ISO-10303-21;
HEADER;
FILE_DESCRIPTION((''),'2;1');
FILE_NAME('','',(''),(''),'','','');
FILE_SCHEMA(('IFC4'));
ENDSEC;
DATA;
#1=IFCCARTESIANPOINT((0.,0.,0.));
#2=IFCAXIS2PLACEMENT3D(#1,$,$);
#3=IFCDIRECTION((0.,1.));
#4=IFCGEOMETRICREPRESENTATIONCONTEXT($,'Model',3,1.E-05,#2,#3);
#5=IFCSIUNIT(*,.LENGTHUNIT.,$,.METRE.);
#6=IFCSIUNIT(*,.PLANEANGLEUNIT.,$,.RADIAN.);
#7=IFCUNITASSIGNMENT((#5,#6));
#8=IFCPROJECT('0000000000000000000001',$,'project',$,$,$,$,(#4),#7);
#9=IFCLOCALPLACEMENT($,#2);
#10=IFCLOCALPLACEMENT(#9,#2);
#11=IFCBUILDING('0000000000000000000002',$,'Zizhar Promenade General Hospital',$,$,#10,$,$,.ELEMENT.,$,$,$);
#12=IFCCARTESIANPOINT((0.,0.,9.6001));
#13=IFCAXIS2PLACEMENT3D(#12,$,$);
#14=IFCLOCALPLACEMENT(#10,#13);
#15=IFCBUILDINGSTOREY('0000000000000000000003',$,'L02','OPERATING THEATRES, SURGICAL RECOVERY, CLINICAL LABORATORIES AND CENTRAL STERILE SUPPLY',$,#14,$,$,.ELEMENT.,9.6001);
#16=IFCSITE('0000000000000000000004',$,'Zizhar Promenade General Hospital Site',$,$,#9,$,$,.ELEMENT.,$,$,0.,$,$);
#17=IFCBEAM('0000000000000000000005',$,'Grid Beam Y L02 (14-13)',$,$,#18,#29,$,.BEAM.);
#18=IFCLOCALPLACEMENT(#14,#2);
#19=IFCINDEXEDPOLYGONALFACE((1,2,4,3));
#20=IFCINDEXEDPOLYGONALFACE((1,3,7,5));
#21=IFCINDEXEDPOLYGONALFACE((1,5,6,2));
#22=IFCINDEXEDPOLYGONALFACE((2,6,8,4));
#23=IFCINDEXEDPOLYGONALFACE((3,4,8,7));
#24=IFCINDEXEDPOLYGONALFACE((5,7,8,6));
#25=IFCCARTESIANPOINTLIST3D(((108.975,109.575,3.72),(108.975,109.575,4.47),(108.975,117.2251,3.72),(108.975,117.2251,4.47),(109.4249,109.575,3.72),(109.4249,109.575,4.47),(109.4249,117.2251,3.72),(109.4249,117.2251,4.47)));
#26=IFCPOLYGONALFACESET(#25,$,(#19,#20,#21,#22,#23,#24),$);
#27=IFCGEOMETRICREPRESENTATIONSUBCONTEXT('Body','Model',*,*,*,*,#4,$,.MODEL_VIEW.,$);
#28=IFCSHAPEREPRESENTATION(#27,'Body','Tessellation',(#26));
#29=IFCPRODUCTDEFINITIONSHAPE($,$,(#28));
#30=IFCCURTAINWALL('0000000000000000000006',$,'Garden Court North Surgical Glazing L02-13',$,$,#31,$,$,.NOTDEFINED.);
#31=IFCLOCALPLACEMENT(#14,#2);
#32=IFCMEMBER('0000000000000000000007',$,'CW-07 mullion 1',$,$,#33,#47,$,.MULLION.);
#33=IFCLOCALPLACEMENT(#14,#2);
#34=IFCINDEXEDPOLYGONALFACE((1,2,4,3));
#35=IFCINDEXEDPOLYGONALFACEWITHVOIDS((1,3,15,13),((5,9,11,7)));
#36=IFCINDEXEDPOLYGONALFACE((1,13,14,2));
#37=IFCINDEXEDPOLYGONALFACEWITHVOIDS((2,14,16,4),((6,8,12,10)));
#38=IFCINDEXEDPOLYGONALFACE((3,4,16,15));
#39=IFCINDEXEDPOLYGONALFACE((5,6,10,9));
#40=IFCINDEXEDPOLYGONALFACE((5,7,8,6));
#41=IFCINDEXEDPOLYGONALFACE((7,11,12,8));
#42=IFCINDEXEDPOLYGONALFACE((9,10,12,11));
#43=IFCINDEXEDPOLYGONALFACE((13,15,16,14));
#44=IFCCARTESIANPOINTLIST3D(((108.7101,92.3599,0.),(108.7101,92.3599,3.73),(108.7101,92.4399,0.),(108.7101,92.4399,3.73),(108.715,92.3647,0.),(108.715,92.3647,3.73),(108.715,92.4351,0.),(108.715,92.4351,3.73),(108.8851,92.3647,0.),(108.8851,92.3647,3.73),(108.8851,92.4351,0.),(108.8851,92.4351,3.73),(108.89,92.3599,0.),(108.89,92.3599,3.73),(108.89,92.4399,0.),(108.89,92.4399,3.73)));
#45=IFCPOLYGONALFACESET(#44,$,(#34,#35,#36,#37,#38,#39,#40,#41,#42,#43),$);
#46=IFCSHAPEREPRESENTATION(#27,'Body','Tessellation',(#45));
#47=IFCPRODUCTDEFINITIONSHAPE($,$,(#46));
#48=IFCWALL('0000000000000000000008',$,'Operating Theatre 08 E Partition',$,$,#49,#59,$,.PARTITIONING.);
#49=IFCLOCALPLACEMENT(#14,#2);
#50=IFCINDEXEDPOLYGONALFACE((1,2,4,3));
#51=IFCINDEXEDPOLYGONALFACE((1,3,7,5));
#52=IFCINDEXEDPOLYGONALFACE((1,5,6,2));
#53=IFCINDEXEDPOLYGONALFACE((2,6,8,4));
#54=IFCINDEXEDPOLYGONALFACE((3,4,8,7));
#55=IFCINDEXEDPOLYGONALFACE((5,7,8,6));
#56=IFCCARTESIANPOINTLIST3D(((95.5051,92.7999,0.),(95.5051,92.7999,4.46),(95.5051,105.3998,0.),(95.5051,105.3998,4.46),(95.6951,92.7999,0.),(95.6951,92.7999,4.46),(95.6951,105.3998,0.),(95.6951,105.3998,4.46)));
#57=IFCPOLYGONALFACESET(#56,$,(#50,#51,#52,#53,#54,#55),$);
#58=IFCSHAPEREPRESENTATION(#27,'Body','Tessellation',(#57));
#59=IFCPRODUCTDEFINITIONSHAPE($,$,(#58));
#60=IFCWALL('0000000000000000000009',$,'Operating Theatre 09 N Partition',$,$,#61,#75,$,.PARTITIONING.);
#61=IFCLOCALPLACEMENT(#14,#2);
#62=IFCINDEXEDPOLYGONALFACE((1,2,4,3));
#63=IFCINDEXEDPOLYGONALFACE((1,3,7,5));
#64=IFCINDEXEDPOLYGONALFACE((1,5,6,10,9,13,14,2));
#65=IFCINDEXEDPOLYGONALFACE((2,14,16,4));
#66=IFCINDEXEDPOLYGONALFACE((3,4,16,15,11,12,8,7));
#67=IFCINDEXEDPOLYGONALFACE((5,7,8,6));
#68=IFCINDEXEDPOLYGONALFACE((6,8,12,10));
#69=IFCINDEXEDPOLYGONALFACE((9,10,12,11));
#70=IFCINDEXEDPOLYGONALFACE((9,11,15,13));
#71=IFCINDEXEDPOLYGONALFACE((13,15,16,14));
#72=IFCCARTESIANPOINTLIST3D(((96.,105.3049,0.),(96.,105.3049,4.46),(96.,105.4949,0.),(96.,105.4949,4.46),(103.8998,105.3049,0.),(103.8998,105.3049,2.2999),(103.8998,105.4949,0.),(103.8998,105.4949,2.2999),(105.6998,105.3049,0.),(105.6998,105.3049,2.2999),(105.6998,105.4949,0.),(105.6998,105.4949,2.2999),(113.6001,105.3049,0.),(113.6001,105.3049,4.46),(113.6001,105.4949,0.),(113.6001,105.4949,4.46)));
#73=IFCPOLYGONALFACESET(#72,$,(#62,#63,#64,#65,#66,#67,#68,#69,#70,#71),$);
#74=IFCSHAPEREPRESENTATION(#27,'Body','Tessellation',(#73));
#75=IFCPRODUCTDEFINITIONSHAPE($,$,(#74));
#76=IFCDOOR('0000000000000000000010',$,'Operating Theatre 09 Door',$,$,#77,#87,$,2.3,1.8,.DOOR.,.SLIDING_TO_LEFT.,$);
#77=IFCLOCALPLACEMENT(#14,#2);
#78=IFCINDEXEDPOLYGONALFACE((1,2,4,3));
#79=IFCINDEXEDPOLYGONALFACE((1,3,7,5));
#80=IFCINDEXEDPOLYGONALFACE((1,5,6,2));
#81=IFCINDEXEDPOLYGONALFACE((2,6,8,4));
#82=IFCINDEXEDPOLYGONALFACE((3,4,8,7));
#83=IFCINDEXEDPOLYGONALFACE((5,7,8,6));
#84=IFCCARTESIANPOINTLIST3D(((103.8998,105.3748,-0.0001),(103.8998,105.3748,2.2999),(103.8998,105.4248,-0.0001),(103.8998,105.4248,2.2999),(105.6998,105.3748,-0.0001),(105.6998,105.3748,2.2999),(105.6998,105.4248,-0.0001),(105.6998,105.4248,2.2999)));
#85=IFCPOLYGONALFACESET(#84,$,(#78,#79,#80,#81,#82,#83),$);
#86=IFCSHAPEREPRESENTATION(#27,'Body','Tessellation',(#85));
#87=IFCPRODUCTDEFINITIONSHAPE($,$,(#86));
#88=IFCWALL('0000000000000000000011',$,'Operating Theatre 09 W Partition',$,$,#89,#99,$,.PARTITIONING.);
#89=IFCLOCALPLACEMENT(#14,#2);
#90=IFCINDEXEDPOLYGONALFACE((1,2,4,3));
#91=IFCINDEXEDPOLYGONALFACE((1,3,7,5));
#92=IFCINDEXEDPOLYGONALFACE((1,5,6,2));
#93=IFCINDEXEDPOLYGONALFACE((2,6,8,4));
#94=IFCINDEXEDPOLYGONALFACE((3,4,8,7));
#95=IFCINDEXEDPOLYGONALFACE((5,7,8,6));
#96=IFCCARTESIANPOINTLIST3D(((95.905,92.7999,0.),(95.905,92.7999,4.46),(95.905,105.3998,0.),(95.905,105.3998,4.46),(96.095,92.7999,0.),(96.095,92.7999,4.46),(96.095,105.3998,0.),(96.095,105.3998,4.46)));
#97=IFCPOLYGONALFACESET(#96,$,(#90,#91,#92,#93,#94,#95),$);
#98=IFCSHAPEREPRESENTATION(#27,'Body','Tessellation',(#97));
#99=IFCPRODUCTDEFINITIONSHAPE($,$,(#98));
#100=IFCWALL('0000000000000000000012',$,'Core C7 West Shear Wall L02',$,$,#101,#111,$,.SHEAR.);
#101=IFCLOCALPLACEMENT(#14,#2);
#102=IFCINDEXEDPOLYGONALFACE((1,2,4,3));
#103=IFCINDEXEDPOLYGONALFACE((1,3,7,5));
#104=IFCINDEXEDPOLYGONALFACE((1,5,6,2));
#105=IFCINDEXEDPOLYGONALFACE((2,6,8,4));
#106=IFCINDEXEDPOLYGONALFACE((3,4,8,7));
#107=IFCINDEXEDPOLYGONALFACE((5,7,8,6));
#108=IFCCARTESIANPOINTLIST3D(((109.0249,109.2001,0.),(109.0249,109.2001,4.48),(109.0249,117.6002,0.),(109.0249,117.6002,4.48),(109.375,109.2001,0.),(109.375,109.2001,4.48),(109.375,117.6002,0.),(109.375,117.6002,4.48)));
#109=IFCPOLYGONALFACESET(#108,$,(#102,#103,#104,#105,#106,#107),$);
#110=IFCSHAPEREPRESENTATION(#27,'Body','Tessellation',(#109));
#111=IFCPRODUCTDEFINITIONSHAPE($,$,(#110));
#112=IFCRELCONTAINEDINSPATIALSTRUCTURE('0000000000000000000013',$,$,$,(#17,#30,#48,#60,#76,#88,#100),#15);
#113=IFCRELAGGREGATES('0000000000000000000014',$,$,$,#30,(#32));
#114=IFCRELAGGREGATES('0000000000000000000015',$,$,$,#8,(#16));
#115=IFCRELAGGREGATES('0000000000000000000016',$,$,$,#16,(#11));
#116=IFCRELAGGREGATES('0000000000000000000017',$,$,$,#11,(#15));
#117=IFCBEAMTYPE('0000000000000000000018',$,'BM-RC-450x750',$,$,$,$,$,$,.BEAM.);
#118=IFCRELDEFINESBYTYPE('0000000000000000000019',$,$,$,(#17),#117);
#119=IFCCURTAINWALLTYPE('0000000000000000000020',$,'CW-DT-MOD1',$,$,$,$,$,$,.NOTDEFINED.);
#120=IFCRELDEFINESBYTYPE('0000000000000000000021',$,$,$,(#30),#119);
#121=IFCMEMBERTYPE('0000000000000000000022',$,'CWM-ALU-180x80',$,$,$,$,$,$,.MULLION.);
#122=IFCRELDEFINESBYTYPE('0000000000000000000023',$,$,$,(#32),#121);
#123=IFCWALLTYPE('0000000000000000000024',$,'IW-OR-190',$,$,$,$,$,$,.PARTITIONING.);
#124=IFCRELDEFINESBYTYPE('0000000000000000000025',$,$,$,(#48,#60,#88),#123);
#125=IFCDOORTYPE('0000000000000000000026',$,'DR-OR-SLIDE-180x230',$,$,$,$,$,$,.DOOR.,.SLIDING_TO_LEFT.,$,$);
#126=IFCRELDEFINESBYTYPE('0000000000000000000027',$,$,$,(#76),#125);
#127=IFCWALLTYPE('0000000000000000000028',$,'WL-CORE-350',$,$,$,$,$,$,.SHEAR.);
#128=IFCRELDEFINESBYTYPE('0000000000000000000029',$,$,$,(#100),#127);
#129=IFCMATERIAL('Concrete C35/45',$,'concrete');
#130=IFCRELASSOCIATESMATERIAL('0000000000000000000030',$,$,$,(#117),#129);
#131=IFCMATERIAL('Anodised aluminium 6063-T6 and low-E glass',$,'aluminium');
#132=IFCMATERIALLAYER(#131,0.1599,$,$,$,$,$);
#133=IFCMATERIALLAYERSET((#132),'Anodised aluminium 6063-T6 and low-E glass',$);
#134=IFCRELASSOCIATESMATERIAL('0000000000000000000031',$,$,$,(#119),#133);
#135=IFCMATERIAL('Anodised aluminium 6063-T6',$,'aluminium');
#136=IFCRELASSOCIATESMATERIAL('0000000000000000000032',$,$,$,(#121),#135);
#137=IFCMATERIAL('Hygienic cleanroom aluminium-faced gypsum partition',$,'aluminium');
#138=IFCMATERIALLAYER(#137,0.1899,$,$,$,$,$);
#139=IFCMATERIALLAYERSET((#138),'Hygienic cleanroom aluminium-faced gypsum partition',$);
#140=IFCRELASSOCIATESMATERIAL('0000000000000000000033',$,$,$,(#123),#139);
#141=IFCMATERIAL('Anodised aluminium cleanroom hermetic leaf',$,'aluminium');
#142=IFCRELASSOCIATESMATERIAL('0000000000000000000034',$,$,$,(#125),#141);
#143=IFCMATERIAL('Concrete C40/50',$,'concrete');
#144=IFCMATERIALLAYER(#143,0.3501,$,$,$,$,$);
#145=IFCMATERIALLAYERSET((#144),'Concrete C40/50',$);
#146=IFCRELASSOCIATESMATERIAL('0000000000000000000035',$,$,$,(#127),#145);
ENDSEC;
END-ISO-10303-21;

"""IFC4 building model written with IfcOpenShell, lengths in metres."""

from ifc_helpers import new_model, si_unit, direction, frame, frame_2d, origin, origin_2d, place, context, subcontext, project, spatial, rectangle, hollow_rectangle, extrude, material, layer, layer_set, material_profile, profile_set, type_object, element, fill, aggregate, save


model = new_model("IFC4")

# Units and contexts
model_context = context("Model", 3, precision=1e-05, world=origin(), true_north=direction((0.0, 1.0)))
body_context = subcontext(model_context, "Body", "Model", "MODEL_VIEW")
ifc_project = project(units=[si_unit("LENGTHUNIT", "METRE"), si_unit("PLANEANGLEUNIT", "RADIAN")], contexts=[model_context])

# Site, building, storey
site_placement = place(None, origin())
site = spatial("IfcSite", under=ifc_project, at=site_placement, Name="Zizhar Promenade General Hospital Site", CompositionType="ELEMENT", RefElevation=0.0)
building_placement = place(site_placement, origin())
building = spatial("IfcBuilding", under=site, at=building_placement, Name="Zizhar Promenade General Hospital", CompositionType="ELEMENT")
storey_placement = place(building_placement, frame((0.0, 0.0, 9.6001)))
storey = spatial("IfcBuildingStorey", under=building, at=storey_placement, Name="L02", Description="OPERATING THEATRES, SURGICAL RECOVERY, CLINICAL LABORATORIES AND CENTRAL STERILE SUPPLY", CompositionType="ELEMENT", Elevation=9.6001)

# Beam
ifc_material_1 = material(Name="Concrete C35/45", Category="concrete")
ifc_material_profile_1 = material_profile(ifc_material_1, rectangle(XDim=0.45, YDim=0.75, at=origin_2d()))
ifc_profile_set_1 = profile_set([ifc_material_profile_1], Name="Concrete C35/45")
beam_type_1 = type_object("IfcBeamType", Name="BM-RC-450x750", PredefinedType="BEAM", material=ifc_profile_set_1)
beam_1_placement = place(storey_placement, frame((109.2, 109.575, 4.095), z_axis=(0.0, 1.0, 0.0), x_axis=(-1.0, 0.0, 0.0)))
element("IfcBeam", 1, at=beam_1_placement, inside=storey, type_object=beam_type_1, Name="Grid Beam Y L02 (14-13)", PredefinedType="BEAM", context=body_context, shape_type="SweptSolid", body=[
    extrude(rectangle(XDim=0.45, YDim=0.75, at=origin_2d()), origin(), (0.0, 0.0, 1.0), 7.6501),
])

# Curtain wall, member
ifc_material_2 = material(Name="Anodised aluminium 6063-T6 and low-E glass", Category="aluminium")
ifc_layer_1 = layer(ifc_material_2, 0.1599)
ifc_layer_set_1 = layer_set([ifc_layer_1], Name="Anodised aluminium 6063-T6 and low-E glass")
curtain_wall_type = type_object("IfcCurtainWallType", Name="CW-DT-MOD1", PredefinedType="NOTDEFINED", material=ifc_layer_set_1)
curtain_wall_placement = place(storey_placement, origin())
curtain_wall = element("IfcCurtainWall", 2, at=curtain_wall_placement, inside=storey, type_object=curtain_wall_type, Name="Garden Court North Surgical Glazing L02-13", PredefinedType="NOTDEFINED")
ifc_material_3 = material(Name="Anodised aluminium 6063-T6", Category="aluminium")
ifc_material_profile_2 = material_profile(ifc_material_3, hollow_rectangle(XDim=0.0801, YDim=0.1799, WallThickness=0.0049, at=origin_2d()))
ifc_profile_set_2 = profile_set([ifc_material_profile_2], Name="Anodised aluminium 6063-T6")
member_type = type_object("IfcMemberType", Name="CWM-ALU-180x80", PredefinedType="MULLION", material=ifc_profile_set_2)
member_placement = place(storey_placement, frame((108.8, 92.3999, 0.0), z_axis=(0.0, 0.0, 1.0), x_axis=(0.0, -1.0, 0.0)))
member = element("IfcMember", 3, at=member_placement, type_object=member_type, Name="CW-07 mullion 1", PredefinedType="MULLION", context=body_context, shape_type="SweptSolid", body=[
    extrude(hollow_rectangle(XDim=0.0801, YDim=0.1799, WallThickness=0.0049, at=origin_2d()), origin(), (0.0, 0.0, 1.0), 3.73),
])
aggregate(curtain_wall, [member])

# Wall
ifc_material_4 = material(Name="Hygienic cleanroom aluminium-faced gypsum partition", Category="aluminium")
ifc_layer_2 = layer(ifc_material_4, 0.1899)
ifc_layer_set_2 = layer_set([ifc_layer_2], Name="Hygienic cleanroom aluminium-faced gypsum partition")
wall_type_1 = type_object("IfcWallType", Name="IW-OR-190", PredefinedType="PARTITIONING", material=ifc_layer_set_2)
wall_1_placement = place(storey_placement, frame((95.6001, 92.8, 0.0), z_axis=(0.0, 0.0, 1.0), x_axis=(0.0, 1.0, 0.0)))
element("IfcWall", 4, at=wall_1_placement, inside=storey, type_object=wall_type_1, Name="Operating Theatre 08 E Partition", PredefinedType="PARTITIONING", context=body_context, shape_type="SweptSolid", body=[
    extrude(rectangle(XDim=12.5999, YDim=0.1899, at=frame_2d((6.2998, 0.0))), origin(), (0.0, 0.0, 1.0), 4.46),
])

# Wall, opening, door
wall_2_placement = place(storey_placement, frame((96.0, 105.3999, 0.0), z_axis=(0.0, 0.0, 1.0), x_axis=(1.0, 0.0, 0.0)))
wall_2 = element("IfcWall", 5, at=wall_2_placement, inside=storey, type_object=wall_type_1, Name="Operating Theatre 09 N Partition", PredefinedType="PARTITIONING", context=body_context, shape_type="SweptSolid", body=[
    extrude(rectangle(XDim=17.6001, YDim=0.1899, at=frame_2d((8.8, 0.0))), origin(), (0.0, 0.0, 1.0), 4.46),
])
opening_1_placement = place(wall_2_placement, frame((7.8999, 0.0, 0.0)))
opening_1 = element("IfcOpeningElement", 6, at=opening_1_placement, cuts=wall_2, PredefinedType="OPENING", context=body_context, shape_type="SweptSolid", body=[
    extrude(rectangle(XDim=1.8, YDim=2.3, at=frame_2d((0.8999, 1.1499))), frame((0.0, 0.105, 0.0), z_axis=(0.0, -1.0, 0.0), x_axis=(1.0, 0.0, 0.0)), (0.0, 0.0, 1.0), 0.21),
])
ifc_material_5 = material(Name="Anodised aluminium cleanroom hermetic leaf", Category="aluminium")
door_type_1 = type_object("IfcDoorType", Name="DR-OR-SLIDE-180x230", OperationType="SLIDING_TO_LEFT", PredefinedType="DOOR", material=ifc_material_5)
door_1_placement = place(opening_1_placement, origin())
door_1 = element("IfcDoor", 7, at=door_1_placement, inside=storey, type_object=door_type_1, Name="Operating Theatre 09 Door", OperationType="SLIDING_TO_LEFT", OverallHeight=2.3, OverallWidth=1.8, PredefinedType="DOOR", context=body_context, shape_type="SweptSolid", body=[
    extrude(rectangle(XDim=1.8, YDim=2.3, at=frame_2d((0.8999, 1.1499))), frame((0.0, 0.0249, 0.0), z_axis=(0.0, -1.0, 0.0), x_axis=(1.0, 0.0, 0.0)), (0.0, 0.0, 1.0), 0.05),
])
fill(opening_1, door_1)

# Wall
wall_3_placement = place(storey_placement, frame((96.0, 92.8, 0.0), z_axis=(0.0, 0.0, 1.0), x_axis=(0.0, 1.0, 0.0)))
element("IfcWall", 8, at=wall_3_placement, inside=storey, type_object=wall_type_1, Name="Operating Theatre 09 W Partition", PredefinedType="PARTITIONING", context=body_context, shape_type="SweptSolid", body=[
    extrude(rectangle(XDim=12.5999, YDim=0.1899, at=frame_2d((6.2998, 0.0))), origin(), (0.0, 0.0, 1.0), 4.46),
])

# Wall
ifc_material_6 = material(Name="Concrete C40/50", Category="concrete")
ifc_layer_3 = layer(ifc_material_6, 0.3501)
ifc_layer_set_3 = layer_set([ifc_layer_3], Name="Concrete C40/50")
wall_type_2 = type_object("IfcWallType", Name="WL-CORE-350", PredefinedType="SHEAR", material=ifc_layer_set_3)
wall_4_placement = place(storey_placement, frame((109.2, 109.2, 0.0), z_axis=(0.0, 0.0, 1.0), x_axis=(0.0, 1.0, 0.0)))
element("IfcWall", 9, at=wall_4_placement, inside=storey, type_object=wall_type_2, Name="Core C7 West Shear Wall L02", PredefinedType="SHEAR", context=body_context, shape_type="SweptSolid", body=[
    extrude(rectangle(XDim=8.4001, YDim=0.3501, at=frame_2d((4.2002, 0.0))), origin(), (0.0, 0.0, 1.0), 4.48),
])

save(model, "model.ifc")
